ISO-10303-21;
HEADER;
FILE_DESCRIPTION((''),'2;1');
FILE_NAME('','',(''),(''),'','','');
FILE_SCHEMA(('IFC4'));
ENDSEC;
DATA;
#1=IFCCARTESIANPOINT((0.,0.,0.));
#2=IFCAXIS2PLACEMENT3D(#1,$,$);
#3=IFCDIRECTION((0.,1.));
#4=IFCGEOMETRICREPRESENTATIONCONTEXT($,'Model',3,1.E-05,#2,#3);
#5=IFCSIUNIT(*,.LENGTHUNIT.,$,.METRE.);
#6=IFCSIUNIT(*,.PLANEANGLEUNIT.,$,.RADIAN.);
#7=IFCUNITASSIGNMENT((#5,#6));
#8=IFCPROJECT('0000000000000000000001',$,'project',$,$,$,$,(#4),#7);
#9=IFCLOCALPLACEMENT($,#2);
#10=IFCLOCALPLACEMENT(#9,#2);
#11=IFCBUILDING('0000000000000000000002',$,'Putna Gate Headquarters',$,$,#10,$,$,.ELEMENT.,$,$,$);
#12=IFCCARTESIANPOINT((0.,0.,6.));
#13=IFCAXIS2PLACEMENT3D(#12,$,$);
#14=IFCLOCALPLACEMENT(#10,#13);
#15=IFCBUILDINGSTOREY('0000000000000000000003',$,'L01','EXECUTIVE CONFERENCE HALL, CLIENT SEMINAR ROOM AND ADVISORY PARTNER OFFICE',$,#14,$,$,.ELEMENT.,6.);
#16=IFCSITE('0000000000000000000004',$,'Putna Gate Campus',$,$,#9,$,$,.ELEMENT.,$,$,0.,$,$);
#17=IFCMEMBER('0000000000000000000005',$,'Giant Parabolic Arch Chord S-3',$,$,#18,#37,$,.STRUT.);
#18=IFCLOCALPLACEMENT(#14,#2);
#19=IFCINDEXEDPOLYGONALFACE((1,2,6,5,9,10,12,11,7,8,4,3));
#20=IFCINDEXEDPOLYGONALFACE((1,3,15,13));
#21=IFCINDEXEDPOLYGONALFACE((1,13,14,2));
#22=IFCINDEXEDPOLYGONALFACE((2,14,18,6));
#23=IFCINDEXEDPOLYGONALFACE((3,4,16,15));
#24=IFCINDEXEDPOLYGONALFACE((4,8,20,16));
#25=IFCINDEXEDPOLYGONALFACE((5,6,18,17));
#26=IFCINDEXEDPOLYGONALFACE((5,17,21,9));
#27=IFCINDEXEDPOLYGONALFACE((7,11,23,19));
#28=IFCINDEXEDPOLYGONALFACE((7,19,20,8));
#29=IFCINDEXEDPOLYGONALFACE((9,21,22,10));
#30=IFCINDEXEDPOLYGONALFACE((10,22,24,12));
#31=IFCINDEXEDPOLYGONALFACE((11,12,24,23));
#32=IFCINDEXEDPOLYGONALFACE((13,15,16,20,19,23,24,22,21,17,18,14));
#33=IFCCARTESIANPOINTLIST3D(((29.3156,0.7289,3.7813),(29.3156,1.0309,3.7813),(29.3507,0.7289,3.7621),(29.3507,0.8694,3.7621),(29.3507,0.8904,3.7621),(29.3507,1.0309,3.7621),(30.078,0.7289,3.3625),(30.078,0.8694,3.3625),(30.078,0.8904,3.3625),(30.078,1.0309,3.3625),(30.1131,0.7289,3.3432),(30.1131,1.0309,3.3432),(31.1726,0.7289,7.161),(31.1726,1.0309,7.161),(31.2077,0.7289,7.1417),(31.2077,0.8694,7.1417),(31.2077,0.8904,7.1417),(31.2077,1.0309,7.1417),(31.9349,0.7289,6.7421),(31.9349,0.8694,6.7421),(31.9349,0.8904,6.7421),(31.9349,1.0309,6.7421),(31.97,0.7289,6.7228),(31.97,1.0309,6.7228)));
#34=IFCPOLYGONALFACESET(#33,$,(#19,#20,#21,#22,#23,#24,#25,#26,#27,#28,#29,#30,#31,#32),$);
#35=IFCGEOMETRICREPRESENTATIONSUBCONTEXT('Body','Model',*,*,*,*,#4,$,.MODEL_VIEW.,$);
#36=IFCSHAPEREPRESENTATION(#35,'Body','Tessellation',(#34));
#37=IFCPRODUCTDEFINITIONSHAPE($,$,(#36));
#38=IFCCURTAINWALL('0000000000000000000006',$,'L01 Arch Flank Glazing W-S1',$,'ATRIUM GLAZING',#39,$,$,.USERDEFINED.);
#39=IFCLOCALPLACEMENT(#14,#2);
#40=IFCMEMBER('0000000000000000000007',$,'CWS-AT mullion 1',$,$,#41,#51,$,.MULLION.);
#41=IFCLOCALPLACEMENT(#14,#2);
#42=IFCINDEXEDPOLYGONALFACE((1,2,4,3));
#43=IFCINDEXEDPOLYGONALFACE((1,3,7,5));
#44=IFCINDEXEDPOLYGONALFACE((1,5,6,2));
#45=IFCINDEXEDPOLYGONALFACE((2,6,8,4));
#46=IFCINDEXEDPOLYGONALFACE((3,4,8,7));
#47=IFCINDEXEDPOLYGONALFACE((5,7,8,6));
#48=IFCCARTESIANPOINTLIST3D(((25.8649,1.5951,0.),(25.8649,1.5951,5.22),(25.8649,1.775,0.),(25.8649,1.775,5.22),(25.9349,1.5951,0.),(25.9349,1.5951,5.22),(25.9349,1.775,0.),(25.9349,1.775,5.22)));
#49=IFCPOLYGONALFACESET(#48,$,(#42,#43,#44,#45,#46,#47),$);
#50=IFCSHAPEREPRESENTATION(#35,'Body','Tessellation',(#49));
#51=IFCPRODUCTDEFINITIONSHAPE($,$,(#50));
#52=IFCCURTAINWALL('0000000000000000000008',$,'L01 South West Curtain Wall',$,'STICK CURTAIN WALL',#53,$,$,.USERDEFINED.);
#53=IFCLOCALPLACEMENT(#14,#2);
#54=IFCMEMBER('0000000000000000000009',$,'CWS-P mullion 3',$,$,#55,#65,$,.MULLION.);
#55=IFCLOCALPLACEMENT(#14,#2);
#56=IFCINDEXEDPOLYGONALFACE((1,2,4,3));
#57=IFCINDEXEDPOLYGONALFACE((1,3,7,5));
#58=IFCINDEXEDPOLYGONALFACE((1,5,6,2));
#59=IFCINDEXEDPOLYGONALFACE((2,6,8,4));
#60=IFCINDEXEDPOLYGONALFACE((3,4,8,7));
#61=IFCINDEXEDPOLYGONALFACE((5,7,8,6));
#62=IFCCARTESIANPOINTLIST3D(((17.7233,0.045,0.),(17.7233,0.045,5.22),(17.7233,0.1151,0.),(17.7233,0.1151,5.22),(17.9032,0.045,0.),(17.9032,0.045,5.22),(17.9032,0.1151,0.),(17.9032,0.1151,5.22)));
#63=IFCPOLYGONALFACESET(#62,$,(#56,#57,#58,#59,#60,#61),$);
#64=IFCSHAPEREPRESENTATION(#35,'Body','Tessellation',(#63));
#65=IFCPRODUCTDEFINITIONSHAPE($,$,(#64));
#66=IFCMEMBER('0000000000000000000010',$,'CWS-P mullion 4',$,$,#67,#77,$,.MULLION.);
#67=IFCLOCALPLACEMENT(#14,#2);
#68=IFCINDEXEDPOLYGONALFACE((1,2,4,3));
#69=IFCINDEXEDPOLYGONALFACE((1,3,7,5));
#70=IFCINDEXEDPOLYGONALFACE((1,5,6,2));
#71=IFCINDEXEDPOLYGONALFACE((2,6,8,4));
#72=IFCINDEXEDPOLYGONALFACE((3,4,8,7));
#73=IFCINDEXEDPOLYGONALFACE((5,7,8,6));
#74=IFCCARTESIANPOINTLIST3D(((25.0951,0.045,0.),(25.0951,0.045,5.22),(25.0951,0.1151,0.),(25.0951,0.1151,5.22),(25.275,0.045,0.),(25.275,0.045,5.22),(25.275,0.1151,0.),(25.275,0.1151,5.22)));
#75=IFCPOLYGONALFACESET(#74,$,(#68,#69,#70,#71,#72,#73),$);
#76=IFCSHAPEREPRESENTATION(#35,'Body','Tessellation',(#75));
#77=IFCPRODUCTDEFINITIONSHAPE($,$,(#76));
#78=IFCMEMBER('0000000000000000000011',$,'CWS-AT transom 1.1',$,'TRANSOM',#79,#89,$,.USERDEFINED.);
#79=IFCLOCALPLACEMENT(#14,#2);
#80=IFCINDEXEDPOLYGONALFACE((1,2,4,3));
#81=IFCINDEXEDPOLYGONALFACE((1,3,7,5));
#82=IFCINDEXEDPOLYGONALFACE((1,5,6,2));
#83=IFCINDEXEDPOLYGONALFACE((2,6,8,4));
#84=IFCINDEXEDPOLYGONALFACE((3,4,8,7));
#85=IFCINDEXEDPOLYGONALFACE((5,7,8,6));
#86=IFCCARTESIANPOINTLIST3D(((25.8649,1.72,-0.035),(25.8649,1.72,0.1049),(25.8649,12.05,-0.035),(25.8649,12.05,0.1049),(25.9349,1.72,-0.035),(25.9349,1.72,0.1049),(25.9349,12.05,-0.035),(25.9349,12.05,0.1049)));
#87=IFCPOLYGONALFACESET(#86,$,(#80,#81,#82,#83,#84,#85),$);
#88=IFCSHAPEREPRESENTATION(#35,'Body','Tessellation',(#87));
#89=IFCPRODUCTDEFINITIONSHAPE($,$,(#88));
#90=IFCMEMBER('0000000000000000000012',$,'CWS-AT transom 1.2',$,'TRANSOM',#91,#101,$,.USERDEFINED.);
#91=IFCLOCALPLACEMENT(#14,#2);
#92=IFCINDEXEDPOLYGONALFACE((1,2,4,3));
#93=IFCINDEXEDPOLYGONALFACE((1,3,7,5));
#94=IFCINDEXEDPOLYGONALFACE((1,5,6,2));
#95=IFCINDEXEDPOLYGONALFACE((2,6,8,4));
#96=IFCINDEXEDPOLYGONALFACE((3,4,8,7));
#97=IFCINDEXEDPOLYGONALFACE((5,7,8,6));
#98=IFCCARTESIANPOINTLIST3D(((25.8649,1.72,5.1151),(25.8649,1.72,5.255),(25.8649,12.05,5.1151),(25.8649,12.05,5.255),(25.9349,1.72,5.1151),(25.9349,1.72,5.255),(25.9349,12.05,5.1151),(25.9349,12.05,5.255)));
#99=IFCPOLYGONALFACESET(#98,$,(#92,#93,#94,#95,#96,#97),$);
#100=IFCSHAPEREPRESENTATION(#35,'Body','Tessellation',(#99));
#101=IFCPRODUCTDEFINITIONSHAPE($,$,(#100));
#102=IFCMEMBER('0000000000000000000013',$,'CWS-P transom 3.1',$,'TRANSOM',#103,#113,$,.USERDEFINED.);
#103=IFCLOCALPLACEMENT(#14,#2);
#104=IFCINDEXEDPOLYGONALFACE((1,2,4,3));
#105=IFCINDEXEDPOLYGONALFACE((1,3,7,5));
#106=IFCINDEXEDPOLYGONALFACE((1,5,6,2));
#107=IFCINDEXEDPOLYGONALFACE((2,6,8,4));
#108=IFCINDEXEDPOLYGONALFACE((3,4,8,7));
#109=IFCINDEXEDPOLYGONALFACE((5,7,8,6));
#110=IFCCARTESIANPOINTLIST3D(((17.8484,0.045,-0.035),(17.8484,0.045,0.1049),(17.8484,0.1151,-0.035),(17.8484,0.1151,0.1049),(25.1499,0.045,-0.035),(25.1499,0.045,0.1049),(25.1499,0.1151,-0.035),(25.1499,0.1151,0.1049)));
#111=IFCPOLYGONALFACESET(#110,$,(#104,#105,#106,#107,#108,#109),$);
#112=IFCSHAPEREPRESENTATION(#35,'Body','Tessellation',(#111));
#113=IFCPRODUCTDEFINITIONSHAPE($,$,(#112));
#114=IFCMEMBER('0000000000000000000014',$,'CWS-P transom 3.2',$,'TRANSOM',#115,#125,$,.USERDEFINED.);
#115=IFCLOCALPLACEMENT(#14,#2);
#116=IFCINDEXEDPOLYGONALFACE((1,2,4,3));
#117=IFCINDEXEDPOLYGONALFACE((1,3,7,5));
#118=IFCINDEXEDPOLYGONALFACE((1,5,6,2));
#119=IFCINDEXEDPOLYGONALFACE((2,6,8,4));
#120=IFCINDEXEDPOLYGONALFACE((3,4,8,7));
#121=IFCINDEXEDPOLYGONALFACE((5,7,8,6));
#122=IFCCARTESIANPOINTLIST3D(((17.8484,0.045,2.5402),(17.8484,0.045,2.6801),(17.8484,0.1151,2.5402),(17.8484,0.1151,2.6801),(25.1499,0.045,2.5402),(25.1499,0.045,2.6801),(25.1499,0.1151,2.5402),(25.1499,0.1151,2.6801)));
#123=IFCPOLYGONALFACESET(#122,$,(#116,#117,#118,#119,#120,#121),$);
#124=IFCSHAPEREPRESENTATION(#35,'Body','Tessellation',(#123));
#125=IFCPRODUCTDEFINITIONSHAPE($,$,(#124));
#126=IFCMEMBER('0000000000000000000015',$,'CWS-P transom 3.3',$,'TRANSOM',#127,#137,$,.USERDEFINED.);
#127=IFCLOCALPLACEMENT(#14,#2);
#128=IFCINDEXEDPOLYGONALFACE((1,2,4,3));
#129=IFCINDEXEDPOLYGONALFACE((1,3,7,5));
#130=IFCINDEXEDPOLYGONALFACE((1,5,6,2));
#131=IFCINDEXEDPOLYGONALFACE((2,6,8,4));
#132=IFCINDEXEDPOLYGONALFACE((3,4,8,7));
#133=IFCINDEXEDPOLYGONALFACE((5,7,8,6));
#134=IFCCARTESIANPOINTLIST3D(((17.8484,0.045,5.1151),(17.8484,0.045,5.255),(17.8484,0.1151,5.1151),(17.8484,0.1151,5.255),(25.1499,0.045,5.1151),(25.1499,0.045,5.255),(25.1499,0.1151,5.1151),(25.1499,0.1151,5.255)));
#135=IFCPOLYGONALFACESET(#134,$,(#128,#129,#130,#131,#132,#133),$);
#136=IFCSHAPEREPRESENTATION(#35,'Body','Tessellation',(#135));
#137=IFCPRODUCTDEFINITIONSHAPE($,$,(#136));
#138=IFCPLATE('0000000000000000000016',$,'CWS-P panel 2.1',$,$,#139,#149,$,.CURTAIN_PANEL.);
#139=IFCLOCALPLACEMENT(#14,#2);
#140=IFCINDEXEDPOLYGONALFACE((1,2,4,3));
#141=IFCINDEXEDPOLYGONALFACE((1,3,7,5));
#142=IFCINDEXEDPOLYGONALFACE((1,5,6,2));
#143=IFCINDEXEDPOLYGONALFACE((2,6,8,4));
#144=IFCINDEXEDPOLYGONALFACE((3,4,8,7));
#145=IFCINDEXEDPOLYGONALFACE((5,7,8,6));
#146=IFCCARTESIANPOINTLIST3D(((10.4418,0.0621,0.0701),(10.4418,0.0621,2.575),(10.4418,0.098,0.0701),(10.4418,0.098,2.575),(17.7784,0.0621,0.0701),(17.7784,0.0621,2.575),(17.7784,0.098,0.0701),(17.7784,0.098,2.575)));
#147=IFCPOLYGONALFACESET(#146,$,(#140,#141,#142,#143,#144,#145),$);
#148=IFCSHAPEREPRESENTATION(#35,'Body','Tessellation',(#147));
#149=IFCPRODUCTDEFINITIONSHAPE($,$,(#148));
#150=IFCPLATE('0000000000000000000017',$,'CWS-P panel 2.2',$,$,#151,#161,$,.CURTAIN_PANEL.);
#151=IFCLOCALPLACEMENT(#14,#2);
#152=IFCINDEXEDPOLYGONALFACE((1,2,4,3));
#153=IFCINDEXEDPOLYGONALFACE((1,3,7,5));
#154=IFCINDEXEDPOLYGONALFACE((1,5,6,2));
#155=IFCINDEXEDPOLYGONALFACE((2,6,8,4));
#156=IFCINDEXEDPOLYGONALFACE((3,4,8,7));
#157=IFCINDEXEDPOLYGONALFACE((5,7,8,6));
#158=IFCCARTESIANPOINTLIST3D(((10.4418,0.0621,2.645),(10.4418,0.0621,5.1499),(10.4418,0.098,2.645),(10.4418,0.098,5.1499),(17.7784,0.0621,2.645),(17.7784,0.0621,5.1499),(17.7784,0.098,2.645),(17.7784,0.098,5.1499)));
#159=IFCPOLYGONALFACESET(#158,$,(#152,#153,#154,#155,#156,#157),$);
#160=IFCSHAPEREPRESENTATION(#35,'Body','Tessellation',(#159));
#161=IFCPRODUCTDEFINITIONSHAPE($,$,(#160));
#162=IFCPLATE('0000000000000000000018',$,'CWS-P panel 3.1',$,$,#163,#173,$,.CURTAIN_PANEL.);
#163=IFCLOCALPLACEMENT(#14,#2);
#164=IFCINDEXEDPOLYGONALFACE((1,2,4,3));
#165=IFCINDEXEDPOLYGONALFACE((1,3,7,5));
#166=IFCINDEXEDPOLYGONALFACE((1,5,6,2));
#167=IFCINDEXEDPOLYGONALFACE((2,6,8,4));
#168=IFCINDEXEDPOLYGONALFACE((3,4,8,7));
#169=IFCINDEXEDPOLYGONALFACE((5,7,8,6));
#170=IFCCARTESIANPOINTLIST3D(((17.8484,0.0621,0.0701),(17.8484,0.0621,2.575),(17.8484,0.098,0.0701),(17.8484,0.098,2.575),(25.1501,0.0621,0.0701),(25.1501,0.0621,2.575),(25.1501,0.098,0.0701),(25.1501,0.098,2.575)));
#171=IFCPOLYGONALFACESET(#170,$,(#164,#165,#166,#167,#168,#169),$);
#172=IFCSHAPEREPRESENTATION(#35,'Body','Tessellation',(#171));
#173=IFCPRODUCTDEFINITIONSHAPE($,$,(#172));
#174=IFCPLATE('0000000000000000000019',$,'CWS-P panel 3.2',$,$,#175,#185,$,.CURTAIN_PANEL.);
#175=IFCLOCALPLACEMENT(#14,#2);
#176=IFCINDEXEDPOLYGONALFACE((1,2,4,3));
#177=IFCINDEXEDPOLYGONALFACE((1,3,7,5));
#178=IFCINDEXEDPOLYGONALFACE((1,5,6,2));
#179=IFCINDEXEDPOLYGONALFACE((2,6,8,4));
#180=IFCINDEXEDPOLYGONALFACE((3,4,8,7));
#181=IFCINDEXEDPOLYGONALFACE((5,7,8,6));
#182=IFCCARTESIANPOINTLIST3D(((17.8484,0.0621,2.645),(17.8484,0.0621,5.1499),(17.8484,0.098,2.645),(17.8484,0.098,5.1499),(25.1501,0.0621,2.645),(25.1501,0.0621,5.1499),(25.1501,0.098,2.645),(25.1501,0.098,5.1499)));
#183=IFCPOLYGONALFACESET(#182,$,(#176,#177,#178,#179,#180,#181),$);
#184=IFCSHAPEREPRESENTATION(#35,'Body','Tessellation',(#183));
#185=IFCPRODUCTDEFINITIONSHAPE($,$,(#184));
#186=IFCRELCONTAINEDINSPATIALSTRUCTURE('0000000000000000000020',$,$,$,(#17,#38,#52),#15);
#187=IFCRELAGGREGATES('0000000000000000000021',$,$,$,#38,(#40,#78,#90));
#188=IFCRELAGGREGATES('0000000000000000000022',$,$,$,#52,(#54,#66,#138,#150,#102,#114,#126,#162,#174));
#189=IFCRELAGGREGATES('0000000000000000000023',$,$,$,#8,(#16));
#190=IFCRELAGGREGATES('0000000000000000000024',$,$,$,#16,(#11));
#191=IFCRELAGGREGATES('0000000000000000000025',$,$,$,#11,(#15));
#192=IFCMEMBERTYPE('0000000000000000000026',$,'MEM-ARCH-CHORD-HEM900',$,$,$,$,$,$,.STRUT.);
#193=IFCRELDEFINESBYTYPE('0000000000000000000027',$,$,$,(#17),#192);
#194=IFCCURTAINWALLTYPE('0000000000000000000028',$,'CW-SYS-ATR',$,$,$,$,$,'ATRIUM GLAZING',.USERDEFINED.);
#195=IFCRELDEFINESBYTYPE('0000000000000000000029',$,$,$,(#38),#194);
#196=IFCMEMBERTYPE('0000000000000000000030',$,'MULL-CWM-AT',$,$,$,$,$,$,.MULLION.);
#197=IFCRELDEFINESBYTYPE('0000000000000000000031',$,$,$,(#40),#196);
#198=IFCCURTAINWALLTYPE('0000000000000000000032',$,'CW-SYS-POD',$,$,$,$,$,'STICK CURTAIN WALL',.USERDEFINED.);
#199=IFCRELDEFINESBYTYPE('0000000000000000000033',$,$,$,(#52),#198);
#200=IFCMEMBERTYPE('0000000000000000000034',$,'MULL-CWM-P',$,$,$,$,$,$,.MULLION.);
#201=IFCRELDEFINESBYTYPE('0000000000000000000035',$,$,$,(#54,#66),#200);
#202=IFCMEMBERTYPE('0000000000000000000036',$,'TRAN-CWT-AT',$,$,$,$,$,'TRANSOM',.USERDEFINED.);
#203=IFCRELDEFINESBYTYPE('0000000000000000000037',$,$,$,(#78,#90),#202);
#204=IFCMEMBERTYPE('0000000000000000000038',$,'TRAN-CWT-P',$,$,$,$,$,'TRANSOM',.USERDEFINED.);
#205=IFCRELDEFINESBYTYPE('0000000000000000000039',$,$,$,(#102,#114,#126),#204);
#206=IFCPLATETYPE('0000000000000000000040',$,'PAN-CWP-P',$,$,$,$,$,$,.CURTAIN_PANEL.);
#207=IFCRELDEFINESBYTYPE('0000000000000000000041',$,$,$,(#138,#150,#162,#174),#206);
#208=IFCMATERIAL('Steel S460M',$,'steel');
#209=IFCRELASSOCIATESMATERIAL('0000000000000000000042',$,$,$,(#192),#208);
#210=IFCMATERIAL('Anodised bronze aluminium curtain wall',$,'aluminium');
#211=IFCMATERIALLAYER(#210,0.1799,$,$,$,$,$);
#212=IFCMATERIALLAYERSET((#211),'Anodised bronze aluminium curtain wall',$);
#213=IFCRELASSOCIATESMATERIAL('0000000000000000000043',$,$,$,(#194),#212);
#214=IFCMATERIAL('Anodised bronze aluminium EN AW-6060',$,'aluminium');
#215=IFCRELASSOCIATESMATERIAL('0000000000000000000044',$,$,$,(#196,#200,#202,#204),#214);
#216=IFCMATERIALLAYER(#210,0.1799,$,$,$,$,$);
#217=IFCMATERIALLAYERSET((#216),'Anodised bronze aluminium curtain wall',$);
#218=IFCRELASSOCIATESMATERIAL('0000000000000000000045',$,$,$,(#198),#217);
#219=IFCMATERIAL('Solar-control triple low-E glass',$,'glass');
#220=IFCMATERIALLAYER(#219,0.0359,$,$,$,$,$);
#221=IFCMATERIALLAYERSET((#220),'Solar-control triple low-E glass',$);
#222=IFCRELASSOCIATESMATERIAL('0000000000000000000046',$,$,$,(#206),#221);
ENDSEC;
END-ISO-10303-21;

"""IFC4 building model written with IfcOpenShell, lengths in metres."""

from ifc_helpers import new_model, si_unit, direction, frame, origin, origin_2d, place, context, subcontext, project, spatial, rectangle, i_section, extrude, material, layer, layer_set, material_profile, profile_set, type_object, element, aggregate, save


model = new_model("IFC4")

# Units and contexts
model_context = context("Model", 3, precision=1e-05, world=origin(), true_north=direction((0.0, 1.0)))
body_context = subcontext(model_context, "Body", "Model", "MODEL_VIEW")
ifc_project = project(units=[si_unit("LENGTHUNIT", "METRE"), si_unit("PLANEANGLEUNIT", "RADIAN")], contexts=[model_context])

# Site, building, storey
site_placement = place(None, origin())
site = spatial("IfcSite", under=ifc_project, at=site_placement, Name="Putna Gate Campus", CompositionType="ELEMENT", RefElevation=0.0)
building_placement = place(site_placement, origin())
building = spatial("IfcBuilding", under=site, at=building_placement, Name="Putna Gate Headquarters", CompositionType="ELEMENT")
storey_placement = place(building_placement, frame((0.0, 0.0, 6.0)))
storey = spatial("IfcBuildingStorey", under=building, at=storey_placement, Name="L01", Description="EXECUTIVE CONFERENCE HALL, CLIENT SEMINAR ROOM AND ADVISORY PARTNER OFFICE", CompositionType="ELEMENT", Elevation=6.0)

# Member
ifc_material_1 = material(Name="Steel S460M", Category="steel")
ifc_material_profile_1 = material_profile(ifc_material_1, i_section(OverallWidth=0.302, OverallDepth=0.9099, WebThickness=0.021, FlangeThickness=0.04, at=origin_2d()), Name="Steel S460M")
ifc_profile_set_1 = profile_set([ifc_material_profile_1], Name="Steel S460M")
member_type_1 = type_object("IfcMemberType", Name="MEM-ARCH-CHORD-HEM900", PredefinedType="STRUT", material=ifc_profile_set_1)
member_1_placement = place(storey_placement, frame((29.7144, 0.8799, 3.5623), z_axis=(0.481547, 0.0, 0.87642), x_axis=(0.0, 1.0, 0.0)))
element("IfcMember", 1, at=member_1_placement, inside=storey, type_object=member_type_1, Name="Giant Parabolic Arch Chord S-3", PredefinedType="STRUT", context=body_context, shape_type="SweptSolid", body=[
    extrude(i_section(OverallWidth=0.302, OverallDepth=0.9099, WebThickness=0.021, FlangeThickness=0.04, at=origin_2d()), origin(), (0.0, 0.0, 1.0), 3.8562),
])

# Curtain wall, member
ifc_material_2 = material(Name="Anodised bronze aluminium curtain wall", Category="aluminium")
ifc_layer_1 = layer(ifc_material_2, 0.1799)
ifc_layer_set_1 = layer_set([ifc_layer_1], Name="Anodised bronze aluminium curtain wall")
curtain_wall_type_1 = type_object("IfcCurtainWallType", Name="CW-SYS-ATR", ElementType="ATRIUM GLAZING", PredefinedType="USERDEFINED", material=ifc_layer_set_1)
curtain_wall_1_placement = place(storey_placement, origin())
curtain_wall_1 = element("IfcCurtainWall", 2, at=curtain_wall_1_placement, inside=storey, type_object=curtain_wall_type_1, Name="L01 Arch Flank Glazing W-S1", ObjectType="ATRIUM GLAZING", PredefinedType="USERDEFINED")
ifc_material_3 = material(Name="Anodised bronze aluminium EN AW-6060", Category="aluminium")
ifc_material_profile_2 = material_profile(ifc_material_3, rectangle(XDim=0.0701, YDim=0.1799, at=origin_2d()), Name="Anodised bronze aluminium EN AW-6060")
ifc_profile_set_2 = profile_set([ifc_material_profile_2], Name="Anodised bronze aluminium EN AW-6060")
member_type_2 = type_object("IfcMemberType", Name="MULL-CWM-AT", PredefinedType="MULLION", material=ifc_profile_set_2)
member_2_placement = place(storey_placement, frame((25.8999, 1.6851, 0.0), z_axis=(0.0, 0.0, 1.0), x_axis=(-1.0, 0.0, 0.0)))
member_2 = element("IfcMember", 3, at=member_2_placement, type_object=member_type_2, Name="CWS-AT mullion 1", PredefinedType="MULLION", context=body_context, shape_type="SweptSolid", body=[
    extrude(rectangle(XDim=0.0701, YDim=0.1799, at=origin_2d()), origin(), (0.0, 0.0, 1.0), 5.22),
])

# Curtain wall, members
ifc_layer_2 = layer(ifc_material_2, 0.1799)
ifc_layer_set_2 = layer_set([ifc_layer_2], Name="Anodised bronze aluminium curtain wall")
curtain_wall_type_2 = type_object("IfcCurtainWallType", Name="CW-SYS-POD", ElementType="STICK CURTAIN WALL", PredefinedType="USERDEFINED", material=ifc_layer_set_2)
curtain_wall_2_placement = place(storey_placement, origin())
curtain_wall_2 = element("IfcCurtainWall", 4, at=curtain_wall_2_placement, inside=storey, type_object=curtain_wall_type_2, Name="L01 South West Curtain Wall", ObjectType="STICK CURTAIN WALL", PredefinedType="USERDEFINED")
ifc_material_profile_3 = material_profile(ifc_material_3, rectangle(XDim=0.0701, YDim=0.1799, at=origin_2d()), Name="Anodised bronze aluminium EN AW-6060")
ifc_profile_set_3 = profile_set([ifc_material_profile_3], Name="Anodised bronze aluminium EN AW-6060")
member_type_3 = type_object("IfcMemberType", Name="MULL-CWM-P", PredefinedType="MULLION", material=ifc_profile_set_3)
member_3_placement = place(storey_placement, frame((17.8132, 0.0801, 0.0), z_axis=(0.0, 0.0, 1.0), x_axis=(0.0, 1.0, 0.0)))
member_3 = element("IfcMember", 5, at=member_3_placement, type_object=member_type_3, Name="CWS-P mullion 3", PredefinedType="MULLION", context=body_context, shape_type="SweptSolid", body=[
    extrude(rectangle(XDim=0.0701, YDim=0.1799, at=origin_2d()), origin(), (0.0, 0.0, 1.0), 5.22),
])
member_4_placement = place(storey_placement, frame((25.1851, 0.0801, 0.0), z_axis=(0.0, 0.0, 1.0), x_axis=(0.0, 1.0, 0.0)))
member_4 = element("IfcMember", 6, at=member_4_placement, type_object=member_type_3, Name="CWS-P mullion 4", PredefinedType="MULLION", context=body_context, shape_type="SweptSolid", body=[
    extrude(rectangle(XDim=0.0701, YDim=0.1799, at=origin_2d()), origin(), (0.0, 0.0, 1.0), 5.22),
])

# Members
ifc_material_profile_4 = material_profile(ifc_material_3, rectangle(XDim=0.0701, YDim=0.1399, at=origin_2d()), Name="Anodised bronze aluminium EN AW-6060")
ifc_profile_set_4 = profile_set([ifc_material_profile_4], Name="Anodised bronze aluminium EN AW-6060")
member_type_4 = type_object("IfcMemberType", Name="TRAN-CWT-AT", ElementType="TRANSOM", PredefinedType="USERDEFINED", material=ifc_profile_set_4)
member_5_placement = place(storey_placement, frame((25.8999, 1.72, 0.0349), z_axis=(0.0, 1.0, 0.0), x_axis=(-1.0, 0.0, 0.0)))
member_5 = element("IfcMember", 7, at=member_5_placement, type_object=member_type_4, Name="CWS-AT transom 1.1", ObjectType="TRANSOM", PredefinedType="USERDEFINED", context=body_context, shape_type="SweptSolid", body=[
    extrude(rectangle(XDim=0.0701, YDim=0.1399, at=origin_2d()), origin(), (0.0, 0.0, 1.0), 10.3301),
])
member_6_placement = place(storey_placement, frame((25.8999, 1.72, 5.1851), z_axis=(0.0, 1.0, 0.0), x_axis=(-1.0, 0.0, 0.0)))
member_6 = element("IfcMember", 8, at=member_6_placement, type_object=member_type_4, Name="CWS-AT transom 1.2", ObjectType="TRANSOM", PredefinedType="USERDEFINED", context=body_context, shape_type="SweptSolid", body=[
    extrude(rectangle(XDim=0.0701, YDim=0.1399, at=origin_2d()), origin(), (0.0, 0.0, 1.0), 10.3301),
])
aggregate(curtain_wall_1, [member_2, member_5, member_6])
ifc_material_profile_5 = material_profile(ifc_material_3, rectangle(XDim=0.0701, YDim=0.1399, at=origin_2d()), Name="Anodised bronze aluminium EN AW-6060")
ifc_profile_set_5 = profile_set([ifc_material_profile_5], Name="Anodised bronze aluminium EN AW-6060")
member_type_5 = type_object("IfcMemberType", Name="TRAN-CWT-P", ElementType="TRANSOM", PredefinedType="USERDEFINED", material=ifc_profile_set_5)
member_7_placement = place(storey_placement, frame((17.8484, 0.0801, 0.0349), z_axis=(1.0, 0.0, 0.0), x_axis=(0.0, 1.0, 0.0)))
member_7 = element("IfcMember", 9, at=member_7_placement, type_object=member_type_5, Name="CWS-P transom 3.1", ObjectType="TRANSOM", PredefinedType="USERDEFINED", context=body_context, shape_type="SweptSolid", body=[
    extrude(rectangle(XDim=0.0701, YDim=0.1399, at=origin_2d()), origin(), (0.0, 0.0, 1.0), 7.3015),
])
member_8_placement = place(storey_placement, frame((17.8484, 0.0801, 2.6101), z_axis=(1.0, 0.0, 0.0), x_axis=(0.0, 1.0, 0.0)))
member_8 = element("IfcMember", 10, at=member_8_placement, type_object=member_type_5, Name="CWS-P transom 3.2", ObjectType="TRANSOM", PredefinedType="USERDEFINED", context=body_context, shape_type="SweptSolid", body=[
    extrude(rectangle(XDim=0.0701, YDim=0.1399, at=origin_2d()), origin(), (0.0, 0.0, 1.0), 7.3015),
])
member_9_placement = place(storey_placement, frame((17.8484, 0.0801, 5.1851), z_axis=(1.0, 0.0, 0.0), x_axis=(0.0, 1.0, 0.0)))
member_9 = element("IfcMember", 11, at=member_9_placement, type_object=member_type_5, Name="CWS-P transom 3.3", ObjectType="TRANSOM", PredefinedType="USERDEFINED", context=body_context, shape_type="SweptSolid", body=[
    extrude(rectangle(XDim=0.0701, YDim=0.1399, at=origin_2d()), origin(), (0.0, 0.0, 1.0), 7.3015),
])

# Plates
ifc_material_4 = material(Name="Solar-control triple low-E glass", Category="glass")
ifc_layer_3 = layer(ifc_material_4, 0.0359)
ifc_layer_set_3 = layer_set([ifc_layer_3], Name="Solar-control triple low-E glass")
plate_type = type_object("IfcPlateType", Name="PAN-CWP-P", PredefinedType="CURTAIN_PANEL", material=ifc_layer_set_3)
plate_1_placement = place(storey_placement, frame((14.1101, 0.0801, 0.0701), z_axis=(0.0, 0.0, 1.0), x_axis=(1.0, 0.0, 0.0)))
plate_1 = element("IfcPlate", 12, at=plate_1_placement, type_object=plate_type, Name="CWS-P panel 2.1", PredefinedType="CURTAIN_PANEL", context=body_context, shape_type="SweptSolid", body=[
    extrude(rectangle(XDim=7.3367, YDim=0.0359, at=origin_2d()), origin(), (0.0, 0.0, 1.0), 2.5049),
])
plate_2_placement = place(storey_placement, frame((14.1101, 0.0801, 2.645), z_axis=(0.0, 0.0, 1.0), x_axis=(1.0, 0.0, 0.0)))
plate_2 = element("IfcPlate", 13, at=plate_2_placement, type_object=plate_type, Name="CWS-P panel 2.2", PredefinedType="CURTAIN_PANEL", context=body_context, shape_type="SweptSolid", body=[
    extrude(rectangle(XDim=7.3367, YDim=0.0359, at=origin_2d()), origin(), (0.0, 0.0, 1.0), 2.5049),
])
plate_3_placement = place(storey_placement, frame((21.4993, 0.0801, 0.0701), z_axis=(0.0, 0.0, 1.0), x_axis=(1.0, 0.0, 0.0)))
plate_3 = element("IfcPlate", 14, at=plate_3_placement, type_object=plate_type, Name="CWS-P panel 3.1", PredefinedType="CURTAIN_PANEL", context=body_context, shape_type="SweptSolid", body=[
    extrude(rectangle(XDim=7.3018, YDim=0.0359, at=origin_2d()), origin(), (0.0, 0.0, 1.0), 2.5049),
])
plate_4_placement = place(storey_placement, frame((21.4993, 0.0801, 2.645), z_axis=(0.0, 0.0, 1.0), x_axis=(1.0, 0.0, 0.0)))
plate_4 = element("IfcPlate", 15, at=plate_4_placement, type_object=plate_type, Name="CWS-P panel 3.2", PredefinedType="CURTAIN_PANEL", context=body_context, shape_type="SweptSolid", body=[
    extrude(rectangle(XDim=7.3018, YDim=0.0359, at=origin_2d()), origin(), (0.0, 0.0, 1.0), 2.5049),
])
aggregate(curtain_wall_2, [member_3, member_4, plate_1, plate_2, member_7, member_8, member_9, plate_3, plate_4])

save(model, "model.ifc")
